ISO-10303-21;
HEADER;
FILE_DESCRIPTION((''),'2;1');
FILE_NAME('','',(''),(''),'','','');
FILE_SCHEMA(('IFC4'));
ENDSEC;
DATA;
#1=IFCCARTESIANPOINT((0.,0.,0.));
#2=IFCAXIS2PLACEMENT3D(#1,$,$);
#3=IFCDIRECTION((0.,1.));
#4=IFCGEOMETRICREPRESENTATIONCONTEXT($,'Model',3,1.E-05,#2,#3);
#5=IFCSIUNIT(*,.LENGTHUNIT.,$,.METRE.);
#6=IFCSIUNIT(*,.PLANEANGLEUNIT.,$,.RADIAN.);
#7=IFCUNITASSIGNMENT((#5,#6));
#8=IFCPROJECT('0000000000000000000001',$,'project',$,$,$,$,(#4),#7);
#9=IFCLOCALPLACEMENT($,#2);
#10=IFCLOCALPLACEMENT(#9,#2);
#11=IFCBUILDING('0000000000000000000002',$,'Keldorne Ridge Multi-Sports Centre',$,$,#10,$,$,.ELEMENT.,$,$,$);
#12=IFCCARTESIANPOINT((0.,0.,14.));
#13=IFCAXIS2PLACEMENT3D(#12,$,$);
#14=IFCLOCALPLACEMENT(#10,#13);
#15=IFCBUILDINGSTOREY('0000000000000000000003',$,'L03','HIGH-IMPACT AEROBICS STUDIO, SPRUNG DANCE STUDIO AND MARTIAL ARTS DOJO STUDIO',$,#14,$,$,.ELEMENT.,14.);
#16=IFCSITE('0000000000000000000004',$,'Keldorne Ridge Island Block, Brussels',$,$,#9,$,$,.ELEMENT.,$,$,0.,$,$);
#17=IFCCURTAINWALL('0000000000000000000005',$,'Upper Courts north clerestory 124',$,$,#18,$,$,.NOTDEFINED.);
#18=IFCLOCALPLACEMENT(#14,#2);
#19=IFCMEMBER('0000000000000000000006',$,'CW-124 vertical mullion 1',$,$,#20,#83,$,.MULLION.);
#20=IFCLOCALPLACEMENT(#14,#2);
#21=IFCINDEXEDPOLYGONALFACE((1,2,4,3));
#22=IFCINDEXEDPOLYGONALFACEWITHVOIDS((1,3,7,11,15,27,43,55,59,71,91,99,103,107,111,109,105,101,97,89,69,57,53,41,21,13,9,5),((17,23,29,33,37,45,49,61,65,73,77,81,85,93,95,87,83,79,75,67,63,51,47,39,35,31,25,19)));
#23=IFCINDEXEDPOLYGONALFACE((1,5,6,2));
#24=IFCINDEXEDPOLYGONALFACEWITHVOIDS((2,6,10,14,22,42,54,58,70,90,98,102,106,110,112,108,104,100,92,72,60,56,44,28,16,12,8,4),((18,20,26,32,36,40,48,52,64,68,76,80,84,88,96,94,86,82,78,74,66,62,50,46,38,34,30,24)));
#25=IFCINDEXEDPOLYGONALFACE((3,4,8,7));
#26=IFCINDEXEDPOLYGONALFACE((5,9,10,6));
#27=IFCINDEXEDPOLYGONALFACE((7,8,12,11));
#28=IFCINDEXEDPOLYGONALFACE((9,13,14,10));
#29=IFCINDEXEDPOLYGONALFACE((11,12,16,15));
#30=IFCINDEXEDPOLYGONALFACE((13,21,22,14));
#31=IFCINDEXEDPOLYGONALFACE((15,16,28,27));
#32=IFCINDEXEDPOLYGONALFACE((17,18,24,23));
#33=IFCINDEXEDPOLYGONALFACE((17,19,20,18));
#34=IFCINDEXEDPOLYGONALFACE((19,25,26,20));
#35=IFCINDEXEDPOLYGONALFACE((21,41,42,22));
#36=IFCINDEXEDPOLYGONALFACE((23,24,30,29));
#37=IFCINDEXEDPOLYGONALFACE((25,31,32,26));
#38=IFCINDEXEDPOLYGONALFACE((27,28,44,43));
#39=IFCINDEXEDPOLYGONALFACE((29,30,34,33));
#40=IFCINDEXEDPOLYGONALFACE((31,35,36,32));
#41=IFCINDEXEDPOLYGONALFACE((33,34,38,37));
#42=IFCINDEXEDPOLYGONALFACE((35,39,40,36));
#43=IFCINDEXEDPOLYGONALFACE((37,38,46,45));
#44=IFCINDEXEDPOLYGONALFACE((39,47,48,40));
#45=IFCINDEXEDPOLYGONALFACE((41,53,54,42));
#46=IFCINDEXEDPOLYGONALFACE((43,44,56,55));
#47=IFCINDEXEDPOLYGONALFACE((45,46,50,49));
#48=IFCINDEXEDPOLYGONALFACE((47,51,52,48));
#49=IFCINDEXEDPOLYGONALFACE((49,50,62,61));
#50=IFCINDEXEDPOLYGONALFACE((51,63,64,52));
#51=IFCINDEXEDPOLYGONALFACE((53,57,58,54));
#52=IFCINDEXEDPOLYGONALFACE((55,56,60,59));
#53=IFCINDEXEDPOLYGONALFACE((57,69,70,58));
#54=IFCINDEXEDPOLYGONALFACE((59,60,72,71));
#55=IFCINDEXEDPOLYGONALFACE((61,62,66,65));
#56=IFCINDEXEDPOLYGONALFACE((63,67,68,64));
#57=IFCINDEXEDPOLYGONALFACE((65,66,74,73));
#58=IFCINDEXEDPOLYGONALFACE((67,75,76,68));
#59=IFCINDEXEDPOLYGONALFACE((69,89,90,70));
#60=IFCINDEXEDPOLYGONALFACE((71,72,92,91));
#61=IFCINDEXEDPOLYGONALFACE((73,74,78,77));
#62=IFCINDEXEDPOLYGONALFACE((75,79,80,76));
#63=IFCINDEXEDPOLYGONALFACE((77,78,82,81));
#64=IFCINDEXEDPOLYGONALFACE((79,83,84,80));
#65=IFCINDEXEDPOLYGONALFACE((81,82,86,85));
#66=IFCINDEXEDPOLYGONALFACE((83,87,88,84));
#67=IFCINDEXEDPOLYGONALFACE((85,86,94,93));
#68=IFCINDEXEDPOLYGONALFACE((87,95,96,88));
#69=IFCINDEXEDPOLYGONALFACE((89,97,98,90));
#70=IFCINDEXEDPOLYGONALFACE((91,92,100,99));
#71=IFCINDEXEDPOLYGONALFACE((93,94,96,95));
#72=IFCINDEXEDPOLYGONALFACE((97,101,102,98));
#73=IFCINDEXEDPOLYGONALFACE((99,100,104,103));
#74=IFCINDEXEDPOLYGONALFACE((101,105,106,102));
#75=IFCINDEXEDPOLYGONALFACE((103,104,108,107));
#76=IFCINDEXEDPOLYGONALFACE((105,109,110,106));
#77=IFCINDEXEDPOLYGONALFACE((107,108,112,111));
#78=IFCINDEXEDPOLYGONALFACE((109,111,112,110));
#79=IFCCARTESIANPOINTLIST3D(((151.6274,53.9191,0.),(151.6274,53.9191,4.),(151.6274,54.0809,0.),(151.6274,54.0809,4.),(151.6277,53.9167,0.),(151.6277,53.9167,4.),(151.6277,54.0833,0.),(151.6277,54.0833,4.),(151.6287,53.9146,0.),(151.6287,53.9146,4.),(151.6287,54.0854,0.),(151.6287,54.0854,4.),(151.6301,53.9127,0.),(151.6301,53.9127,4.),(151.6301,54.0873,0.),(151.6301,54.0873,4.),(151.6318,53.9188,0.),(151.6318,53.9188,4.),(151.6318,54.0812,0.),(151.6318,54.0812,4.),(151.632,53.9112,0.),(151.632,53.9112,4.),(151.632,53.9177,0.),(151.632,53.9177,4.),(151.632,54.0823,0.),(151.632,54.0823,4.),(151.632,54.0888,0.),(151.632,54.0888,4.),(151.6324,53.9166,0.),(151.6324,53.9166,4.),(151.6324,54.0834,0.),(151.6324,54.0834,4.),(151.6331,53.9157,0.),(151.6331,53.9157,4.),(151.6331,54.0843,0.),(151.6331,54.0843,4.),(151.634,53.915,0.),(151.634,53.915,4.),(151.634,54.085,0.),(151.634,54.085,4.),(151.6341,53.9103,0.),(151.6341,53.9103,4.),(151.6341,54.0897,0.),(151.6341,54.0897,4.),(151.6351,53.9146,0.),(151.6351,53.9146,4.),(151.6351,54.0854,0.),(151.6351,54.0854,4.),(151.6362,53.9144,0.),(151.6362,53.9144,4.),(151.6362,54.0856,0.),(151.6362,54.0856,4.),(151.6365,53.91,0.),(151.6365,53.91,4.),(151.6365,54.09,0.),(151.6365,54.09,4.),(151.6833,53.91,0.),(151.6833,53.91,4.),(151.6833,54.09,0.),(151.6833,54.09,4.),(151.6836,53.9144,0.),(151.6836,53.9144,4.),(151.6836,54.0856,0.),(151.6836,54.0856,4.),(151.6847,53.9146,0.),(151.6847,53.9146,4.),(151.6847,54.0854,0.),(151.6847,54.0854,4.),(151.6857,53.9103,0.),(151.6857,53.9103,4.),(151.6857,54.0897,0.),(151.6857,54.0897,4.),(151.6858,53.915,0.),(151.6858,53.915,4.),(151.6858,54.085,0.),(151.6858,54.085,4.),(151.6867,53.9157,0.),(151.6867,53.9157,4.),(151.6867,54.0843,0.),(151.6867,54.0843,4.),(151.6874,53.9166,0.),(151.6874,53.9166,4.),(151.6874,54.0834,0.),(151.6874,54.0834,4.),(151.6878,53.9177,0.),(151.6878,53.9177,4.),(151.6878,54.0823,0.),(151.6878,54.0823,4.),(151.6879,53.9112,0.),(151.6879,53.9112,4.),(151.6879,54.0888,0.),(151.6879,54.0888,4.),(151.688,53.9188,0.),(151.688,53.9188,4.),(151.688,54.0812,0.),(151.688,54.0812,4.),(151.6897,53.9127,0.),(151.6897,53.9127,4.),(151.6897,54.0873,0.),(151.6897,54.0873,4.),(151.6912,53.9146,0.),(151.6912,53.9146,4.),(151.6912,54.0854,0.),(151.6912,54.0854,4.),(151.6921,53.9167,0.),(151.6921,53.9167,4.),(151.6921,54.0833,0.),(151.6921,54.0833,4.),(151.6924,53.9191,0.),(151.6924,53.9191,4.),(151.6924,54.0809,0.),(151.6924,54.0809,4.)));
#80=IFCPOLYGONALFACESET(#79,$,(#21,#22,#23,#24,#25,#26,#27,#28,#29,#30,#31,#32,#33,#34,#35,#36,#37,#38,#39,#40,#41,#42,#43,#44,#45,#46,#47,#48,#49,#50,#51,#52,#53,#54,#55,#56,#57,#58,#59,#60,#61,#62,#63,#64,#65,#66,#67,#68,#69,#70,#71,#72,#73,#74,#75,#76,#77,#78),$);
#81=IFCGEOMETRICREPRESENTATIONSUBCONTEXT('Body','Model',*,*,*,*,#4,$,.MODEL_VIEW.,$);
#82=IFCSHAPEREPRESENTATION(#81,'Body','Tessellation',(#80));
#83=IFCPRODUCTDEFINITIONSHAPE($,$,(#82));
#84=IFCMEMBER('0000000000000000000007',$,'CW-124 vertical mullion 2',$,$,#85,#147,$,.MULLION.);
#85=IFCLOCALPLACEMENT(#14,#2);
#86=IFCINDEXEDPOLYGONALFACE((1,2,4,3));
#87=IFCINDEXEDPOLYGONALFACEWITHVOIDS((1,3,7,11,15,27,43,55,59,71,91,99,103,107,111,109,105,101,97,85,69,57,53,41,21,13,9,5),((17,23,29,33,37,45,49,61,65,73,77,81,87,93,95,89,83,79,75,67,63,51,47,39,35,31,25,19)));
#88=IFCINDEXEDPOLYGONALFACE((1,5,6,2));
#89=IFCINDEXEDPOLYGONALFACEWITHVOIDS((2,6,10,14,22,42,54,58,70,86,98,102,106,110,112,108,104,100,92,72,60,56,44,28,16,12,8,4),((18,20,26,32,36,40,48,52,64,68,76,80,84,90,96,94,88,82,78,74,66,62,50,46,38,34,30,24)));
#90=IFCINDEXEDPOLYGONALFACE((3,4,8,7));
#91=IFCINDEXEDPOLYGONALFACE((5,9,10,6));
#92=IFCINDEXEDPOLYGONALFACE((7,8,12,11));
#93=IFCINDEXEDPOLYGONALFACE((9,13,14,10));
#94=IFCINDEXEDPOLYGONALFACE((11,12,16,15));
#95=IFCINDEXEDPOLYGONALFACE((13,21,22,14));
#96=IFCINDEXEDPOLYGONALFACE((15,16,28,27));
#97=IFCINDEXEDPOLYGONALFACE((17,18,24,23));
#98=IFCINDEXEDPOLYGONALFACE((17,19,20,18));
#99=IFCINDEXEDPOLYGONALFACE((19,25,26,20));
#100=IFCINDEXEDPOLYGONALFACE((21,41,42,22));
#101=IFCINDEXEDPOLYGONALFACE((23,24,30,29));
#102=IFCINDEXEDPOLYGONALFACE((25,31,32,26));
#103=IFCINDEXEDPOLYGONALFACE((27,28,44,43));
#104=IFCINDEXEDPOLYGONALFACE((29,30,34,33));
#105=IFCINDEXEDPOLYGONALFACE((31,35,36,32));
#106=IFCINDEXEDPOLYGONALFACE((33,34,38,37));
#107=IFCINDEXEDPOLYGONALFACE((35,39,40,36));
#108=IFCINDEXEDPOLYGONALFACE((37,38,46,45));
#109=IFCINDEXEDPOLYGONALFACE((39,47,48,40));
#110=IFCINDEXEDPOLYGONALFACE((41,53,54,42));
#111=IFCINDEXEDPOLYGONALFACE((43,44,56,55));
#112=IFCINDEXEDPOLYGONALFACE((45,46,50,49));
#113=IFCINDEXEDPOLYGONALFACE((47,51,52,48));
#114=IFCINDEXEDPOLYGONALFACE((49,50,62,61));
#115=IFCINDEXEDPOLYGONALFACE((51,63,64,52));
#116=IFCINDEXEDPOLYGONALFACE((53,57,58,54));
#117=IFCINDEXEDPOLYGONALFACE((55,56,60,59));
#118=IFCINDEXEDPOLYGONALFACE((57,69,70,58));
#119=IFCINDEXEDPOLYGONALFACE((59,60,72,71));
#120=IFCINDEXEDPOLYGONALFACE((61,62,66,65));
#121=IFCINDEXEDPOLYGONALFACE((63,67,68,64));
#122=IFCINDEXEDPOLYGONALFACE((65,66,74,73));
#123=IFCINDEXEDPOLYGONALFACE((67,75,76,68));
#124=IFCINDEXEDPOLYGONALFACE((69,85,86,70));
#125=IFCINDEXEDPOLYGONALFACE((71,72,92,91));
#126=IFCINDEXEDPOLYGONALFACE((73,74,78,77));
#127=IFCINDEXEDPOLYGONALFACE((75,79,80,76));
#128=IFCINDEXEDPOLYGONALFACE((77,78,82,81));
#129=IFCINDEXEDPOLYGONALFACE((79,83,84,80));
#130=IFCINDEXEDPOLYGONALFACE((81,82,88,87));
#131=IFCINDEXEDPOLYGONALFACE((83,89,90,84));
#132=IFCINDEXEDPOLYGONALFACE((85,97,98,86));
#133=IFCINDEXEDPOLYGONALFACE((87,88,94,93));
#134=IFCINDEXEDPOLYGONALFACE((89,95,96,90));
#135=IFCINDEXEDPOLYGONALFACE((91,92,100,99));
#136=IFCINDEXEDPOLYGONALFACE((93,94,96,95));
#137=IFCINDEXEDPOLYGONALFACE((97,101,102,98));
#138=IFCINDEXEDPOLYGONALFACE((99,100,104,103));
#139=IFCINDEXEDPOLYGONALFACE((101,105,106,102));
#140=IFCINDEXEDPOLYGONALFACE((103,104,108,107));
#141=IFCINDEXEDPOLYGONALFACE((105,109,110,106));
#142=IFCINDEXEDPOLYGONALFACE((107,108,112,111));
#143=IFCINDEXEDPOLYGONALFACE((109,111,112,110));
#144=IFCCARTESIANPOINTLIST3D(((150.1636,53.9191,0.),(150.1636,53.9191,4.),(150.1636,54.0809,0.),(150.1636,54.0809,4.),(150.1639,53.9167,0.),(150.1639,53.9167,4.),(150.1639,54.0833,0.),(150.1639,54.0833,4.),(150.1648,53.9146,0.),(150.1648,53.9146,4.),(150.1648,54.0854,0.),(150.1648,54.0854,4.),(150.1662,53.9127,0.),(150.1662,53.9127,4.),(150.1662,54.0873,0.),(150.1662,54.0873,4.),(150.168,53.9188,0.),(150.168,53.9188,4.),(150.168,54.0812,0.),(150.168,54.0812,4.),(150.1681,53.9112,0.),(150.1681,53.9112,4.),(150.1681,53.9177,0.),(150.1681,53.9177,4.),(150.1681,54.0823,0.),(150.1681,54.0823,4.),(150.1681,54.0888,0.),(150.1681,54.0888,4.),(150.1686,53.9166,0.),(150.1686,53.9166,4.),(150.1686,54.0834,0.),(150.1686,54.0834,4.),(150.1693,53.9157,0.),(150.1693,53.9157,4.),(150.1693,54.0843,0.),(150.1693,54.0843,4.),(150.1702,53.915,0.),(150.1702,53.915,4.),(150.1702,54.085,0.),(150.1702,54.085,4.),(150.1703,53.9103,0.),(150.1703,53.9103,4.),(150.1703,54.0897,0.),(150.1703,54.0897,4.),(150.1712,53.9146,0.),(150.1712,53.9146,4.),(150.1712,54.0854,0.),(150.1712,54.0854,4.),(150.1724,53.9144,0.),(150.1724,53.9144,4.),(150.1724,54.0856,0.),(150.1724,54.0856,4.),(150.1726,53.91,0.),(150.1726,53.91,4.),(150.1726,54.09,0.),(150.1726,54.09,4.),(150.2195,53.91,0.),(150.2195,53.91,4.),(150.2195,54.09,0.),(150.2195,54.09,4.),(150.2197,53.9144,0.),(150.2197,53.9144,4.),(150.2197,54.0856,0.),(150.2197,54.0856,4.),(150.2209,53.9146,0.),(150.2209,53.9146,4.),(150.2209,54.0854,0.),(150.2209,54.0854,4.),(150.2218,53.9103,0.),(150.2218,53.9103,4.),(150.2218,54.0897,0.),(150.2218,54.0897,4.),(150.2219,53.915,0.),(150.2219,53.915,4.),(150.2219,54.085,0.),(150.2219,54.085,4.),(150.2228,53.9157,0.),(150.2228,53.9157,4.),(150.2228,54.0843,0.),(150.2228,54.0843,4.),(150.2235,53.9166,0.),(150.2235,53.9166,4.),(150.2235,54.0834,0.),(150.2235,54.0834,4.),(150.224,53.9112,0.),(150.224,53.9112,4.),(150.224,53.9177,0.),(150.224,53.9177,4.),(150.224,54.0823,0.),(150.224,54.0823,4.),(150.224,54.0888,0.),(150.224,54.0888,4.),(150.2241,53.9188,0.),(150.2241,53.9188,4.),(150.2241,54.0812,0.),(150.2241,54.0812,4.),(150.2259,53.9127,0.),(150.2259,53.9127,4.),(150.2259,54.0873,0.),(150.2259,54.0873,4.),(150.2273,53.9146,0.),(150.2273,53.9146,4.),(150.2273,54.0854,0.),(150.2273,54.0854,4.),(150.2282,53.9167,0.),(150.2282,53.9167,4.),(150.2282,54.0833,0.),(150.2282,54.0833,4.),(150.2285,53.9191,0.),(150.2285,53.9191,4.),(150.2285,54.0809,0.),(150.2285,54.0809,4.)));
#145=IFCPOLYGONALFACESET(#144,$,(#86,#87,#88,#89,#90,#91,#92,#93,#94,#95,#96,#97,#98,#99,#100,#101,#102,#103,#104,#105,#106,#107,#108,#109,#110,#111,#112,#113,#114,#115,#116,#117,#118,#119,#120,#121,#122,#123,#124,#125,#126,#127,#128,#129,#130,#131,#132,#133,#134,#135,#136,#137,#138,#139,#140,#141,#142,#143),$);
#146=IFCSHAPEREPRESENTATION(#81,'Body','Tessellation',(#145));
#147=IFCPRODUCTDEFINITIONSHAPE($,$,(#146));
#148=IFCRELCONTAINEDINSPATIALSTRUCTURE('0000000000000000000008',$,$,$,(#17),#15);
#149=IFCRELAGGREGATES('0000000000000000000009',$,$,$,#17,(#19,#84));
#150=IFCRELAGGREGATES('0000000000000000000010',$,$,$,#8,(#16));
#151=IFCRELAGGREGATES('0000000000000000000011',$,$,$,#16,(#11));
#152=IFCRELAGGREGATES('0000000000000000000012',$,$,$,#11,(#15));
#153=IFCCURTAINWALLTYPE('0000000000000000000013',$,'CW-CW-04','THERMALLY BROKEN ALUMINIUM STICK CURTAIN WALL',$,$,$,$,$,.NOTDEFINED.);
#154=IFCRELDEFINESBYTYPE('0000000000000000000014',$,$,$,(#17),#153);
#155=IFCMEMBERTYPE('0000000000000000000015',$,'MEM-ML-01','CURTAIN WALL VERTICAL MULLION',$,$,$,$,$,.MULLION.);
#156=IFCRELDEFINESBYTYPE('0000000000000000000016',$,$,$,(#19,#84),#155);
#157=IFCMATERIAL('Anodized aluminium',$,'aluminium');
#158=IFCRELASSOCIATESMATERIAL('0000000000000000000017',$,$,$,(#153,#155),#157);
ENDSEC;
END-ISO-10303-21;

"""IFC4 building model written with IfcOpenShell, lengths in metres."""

from ifc_helpers import new_model, si_unit, direction, frame, origin, origin_2d, place, context, subcontext, project, spatial, hollow_rectangle, extrude, material, material_profile, profile_set, type_object, element, aggregate, save


model = new_model("IFC4")

# Units and contexts
model_context = context("Model", 3, precision=1e-05, world=origin(), true_north=direction((0.0, 1.0)))
body_context = subcontext(model_context, "Body", "Model", "MODEL_VIEW")
ifc_project = project(units=[si_unit("LENGTHUNIT", "METRE"), si_unit("PLANEANGLEUNIT", "RADIAN")], contexts=[model_context])

# Site, building, storey
site_placement = place(None, origin())
site = spatial("IfcSite", under=ifc_project, at=site_placement, Name="Keldorne Ridge Island Block, Brussels", CompositionType="ELEMENT", RefElevation=0.0)
building_placement = place(site_placement, origin())
building = spatial("IfcBuilding", under=site, at=building_placement, Name="Keldorne Ridge Multi-Sports Centre", CompositionType="ELEMENT")
storey_placement = place(building_placement, frame((0.0, 0.0, 14.0)))
storey = spatial("IfcBuildingStorey", under=building, at=storey_placement, Name="L03", Description="HIGH-IMPACT AEROBICS STUDIO, SPRUNG DANCE STUDIO AND MARTIAL ARTS DOJO STUDIO", CompositionType="ELEMENT", Elevation=14.0)

# Curtain wall, members
ifc_material_1 = material(Name="Anodized aluminium", Category="aluminium")
curtain_wall_type = type_object("IfcCurtainWallType", Name="CW-CW-04", Description="THERMALLY BROKEN ALUMINIUM STICK CURTAIN WALL", PredefinedType="NOTDEFINED", material=ifc_material_1)
curtain_wall_placement = place(storey_placement, origin())
curtain_wall = element("IfcCurtainWall", 1, at=curtain_wall_placement, inside=storey, type_object=curtain_wall_type, Name="Upper Courts north clerestory 124", PredefinedType="NOTDEFINED")
ifc_material_profile_1 = material_profile(ifc_material_1, hollow_rectangle(XDim=0.0649, YDim=0.1799, WallThickness=0.0044, InnerFilletRadius=0.0044, OuterFilletRadius=0.009, at=origin_2d()), Name="ALU MULLION 180x65x4.5")
ifc_profile_set_1 = profile_set([ifc_material_profile_1], Name="Anodized aluminium")
member_type_1 = type_object("IfcMemberType", Name="MEM-ML-01", Description="CURTAIN WALL VERTICAL MULLION", PredefinedType="MULLION", material=ifc_profile_set_1)
member_1_placement = place(storey_placement, frame((151.6599, 54.0, 0.0), z_axis=(0.0, 0.0, 1.0), x_axis=(1.0, 0.0, 0.0)))
member_1 = element("IfcMember", 2, at=member_1_placement, type_object=member_type_1, Name="CW-124 vertical mullion 1", PredefinedType="MULLION", context=body_context, shape_type="SweptSolid", body=[
    extrude(hollow_rectangle(XDim=0.0649, YDim=0.1799, WallThickness=0.0044, InnerFilletRadius=0.0044, OuterFilletRadius=0.009, at=origin_2d()), origin(), (0.0, 0.0, 1.0), 4.0),
])
member_2_placement = place(storey_placement, frame((150.196, 54.0, 0.0), z_axis=(0.0, 0.0, 1.0), x_axis=(1.0, 0.0, 0.0)))
member_2 = element("IfcMember", 3, at=member_2_placement, type_object=member_type_1, Name="CW-124 vertical mullion 2", PredefinedType="MULLION", context=body_context, shape_type="SweptSolid", body=[
    extrude(hollow_rectangle(XDim=0.0649, YDim=0.1799, WallThickness=0.0044, InnerFilletRadius=0.0044, OuterFilletRadius=0.009, at=origin_2d()), origin(), (0.0, 0.0, 1.0), 4.0),
])

aggregate(curtain_wall, [member_1, member_2])

save(model, "model.ifc")
